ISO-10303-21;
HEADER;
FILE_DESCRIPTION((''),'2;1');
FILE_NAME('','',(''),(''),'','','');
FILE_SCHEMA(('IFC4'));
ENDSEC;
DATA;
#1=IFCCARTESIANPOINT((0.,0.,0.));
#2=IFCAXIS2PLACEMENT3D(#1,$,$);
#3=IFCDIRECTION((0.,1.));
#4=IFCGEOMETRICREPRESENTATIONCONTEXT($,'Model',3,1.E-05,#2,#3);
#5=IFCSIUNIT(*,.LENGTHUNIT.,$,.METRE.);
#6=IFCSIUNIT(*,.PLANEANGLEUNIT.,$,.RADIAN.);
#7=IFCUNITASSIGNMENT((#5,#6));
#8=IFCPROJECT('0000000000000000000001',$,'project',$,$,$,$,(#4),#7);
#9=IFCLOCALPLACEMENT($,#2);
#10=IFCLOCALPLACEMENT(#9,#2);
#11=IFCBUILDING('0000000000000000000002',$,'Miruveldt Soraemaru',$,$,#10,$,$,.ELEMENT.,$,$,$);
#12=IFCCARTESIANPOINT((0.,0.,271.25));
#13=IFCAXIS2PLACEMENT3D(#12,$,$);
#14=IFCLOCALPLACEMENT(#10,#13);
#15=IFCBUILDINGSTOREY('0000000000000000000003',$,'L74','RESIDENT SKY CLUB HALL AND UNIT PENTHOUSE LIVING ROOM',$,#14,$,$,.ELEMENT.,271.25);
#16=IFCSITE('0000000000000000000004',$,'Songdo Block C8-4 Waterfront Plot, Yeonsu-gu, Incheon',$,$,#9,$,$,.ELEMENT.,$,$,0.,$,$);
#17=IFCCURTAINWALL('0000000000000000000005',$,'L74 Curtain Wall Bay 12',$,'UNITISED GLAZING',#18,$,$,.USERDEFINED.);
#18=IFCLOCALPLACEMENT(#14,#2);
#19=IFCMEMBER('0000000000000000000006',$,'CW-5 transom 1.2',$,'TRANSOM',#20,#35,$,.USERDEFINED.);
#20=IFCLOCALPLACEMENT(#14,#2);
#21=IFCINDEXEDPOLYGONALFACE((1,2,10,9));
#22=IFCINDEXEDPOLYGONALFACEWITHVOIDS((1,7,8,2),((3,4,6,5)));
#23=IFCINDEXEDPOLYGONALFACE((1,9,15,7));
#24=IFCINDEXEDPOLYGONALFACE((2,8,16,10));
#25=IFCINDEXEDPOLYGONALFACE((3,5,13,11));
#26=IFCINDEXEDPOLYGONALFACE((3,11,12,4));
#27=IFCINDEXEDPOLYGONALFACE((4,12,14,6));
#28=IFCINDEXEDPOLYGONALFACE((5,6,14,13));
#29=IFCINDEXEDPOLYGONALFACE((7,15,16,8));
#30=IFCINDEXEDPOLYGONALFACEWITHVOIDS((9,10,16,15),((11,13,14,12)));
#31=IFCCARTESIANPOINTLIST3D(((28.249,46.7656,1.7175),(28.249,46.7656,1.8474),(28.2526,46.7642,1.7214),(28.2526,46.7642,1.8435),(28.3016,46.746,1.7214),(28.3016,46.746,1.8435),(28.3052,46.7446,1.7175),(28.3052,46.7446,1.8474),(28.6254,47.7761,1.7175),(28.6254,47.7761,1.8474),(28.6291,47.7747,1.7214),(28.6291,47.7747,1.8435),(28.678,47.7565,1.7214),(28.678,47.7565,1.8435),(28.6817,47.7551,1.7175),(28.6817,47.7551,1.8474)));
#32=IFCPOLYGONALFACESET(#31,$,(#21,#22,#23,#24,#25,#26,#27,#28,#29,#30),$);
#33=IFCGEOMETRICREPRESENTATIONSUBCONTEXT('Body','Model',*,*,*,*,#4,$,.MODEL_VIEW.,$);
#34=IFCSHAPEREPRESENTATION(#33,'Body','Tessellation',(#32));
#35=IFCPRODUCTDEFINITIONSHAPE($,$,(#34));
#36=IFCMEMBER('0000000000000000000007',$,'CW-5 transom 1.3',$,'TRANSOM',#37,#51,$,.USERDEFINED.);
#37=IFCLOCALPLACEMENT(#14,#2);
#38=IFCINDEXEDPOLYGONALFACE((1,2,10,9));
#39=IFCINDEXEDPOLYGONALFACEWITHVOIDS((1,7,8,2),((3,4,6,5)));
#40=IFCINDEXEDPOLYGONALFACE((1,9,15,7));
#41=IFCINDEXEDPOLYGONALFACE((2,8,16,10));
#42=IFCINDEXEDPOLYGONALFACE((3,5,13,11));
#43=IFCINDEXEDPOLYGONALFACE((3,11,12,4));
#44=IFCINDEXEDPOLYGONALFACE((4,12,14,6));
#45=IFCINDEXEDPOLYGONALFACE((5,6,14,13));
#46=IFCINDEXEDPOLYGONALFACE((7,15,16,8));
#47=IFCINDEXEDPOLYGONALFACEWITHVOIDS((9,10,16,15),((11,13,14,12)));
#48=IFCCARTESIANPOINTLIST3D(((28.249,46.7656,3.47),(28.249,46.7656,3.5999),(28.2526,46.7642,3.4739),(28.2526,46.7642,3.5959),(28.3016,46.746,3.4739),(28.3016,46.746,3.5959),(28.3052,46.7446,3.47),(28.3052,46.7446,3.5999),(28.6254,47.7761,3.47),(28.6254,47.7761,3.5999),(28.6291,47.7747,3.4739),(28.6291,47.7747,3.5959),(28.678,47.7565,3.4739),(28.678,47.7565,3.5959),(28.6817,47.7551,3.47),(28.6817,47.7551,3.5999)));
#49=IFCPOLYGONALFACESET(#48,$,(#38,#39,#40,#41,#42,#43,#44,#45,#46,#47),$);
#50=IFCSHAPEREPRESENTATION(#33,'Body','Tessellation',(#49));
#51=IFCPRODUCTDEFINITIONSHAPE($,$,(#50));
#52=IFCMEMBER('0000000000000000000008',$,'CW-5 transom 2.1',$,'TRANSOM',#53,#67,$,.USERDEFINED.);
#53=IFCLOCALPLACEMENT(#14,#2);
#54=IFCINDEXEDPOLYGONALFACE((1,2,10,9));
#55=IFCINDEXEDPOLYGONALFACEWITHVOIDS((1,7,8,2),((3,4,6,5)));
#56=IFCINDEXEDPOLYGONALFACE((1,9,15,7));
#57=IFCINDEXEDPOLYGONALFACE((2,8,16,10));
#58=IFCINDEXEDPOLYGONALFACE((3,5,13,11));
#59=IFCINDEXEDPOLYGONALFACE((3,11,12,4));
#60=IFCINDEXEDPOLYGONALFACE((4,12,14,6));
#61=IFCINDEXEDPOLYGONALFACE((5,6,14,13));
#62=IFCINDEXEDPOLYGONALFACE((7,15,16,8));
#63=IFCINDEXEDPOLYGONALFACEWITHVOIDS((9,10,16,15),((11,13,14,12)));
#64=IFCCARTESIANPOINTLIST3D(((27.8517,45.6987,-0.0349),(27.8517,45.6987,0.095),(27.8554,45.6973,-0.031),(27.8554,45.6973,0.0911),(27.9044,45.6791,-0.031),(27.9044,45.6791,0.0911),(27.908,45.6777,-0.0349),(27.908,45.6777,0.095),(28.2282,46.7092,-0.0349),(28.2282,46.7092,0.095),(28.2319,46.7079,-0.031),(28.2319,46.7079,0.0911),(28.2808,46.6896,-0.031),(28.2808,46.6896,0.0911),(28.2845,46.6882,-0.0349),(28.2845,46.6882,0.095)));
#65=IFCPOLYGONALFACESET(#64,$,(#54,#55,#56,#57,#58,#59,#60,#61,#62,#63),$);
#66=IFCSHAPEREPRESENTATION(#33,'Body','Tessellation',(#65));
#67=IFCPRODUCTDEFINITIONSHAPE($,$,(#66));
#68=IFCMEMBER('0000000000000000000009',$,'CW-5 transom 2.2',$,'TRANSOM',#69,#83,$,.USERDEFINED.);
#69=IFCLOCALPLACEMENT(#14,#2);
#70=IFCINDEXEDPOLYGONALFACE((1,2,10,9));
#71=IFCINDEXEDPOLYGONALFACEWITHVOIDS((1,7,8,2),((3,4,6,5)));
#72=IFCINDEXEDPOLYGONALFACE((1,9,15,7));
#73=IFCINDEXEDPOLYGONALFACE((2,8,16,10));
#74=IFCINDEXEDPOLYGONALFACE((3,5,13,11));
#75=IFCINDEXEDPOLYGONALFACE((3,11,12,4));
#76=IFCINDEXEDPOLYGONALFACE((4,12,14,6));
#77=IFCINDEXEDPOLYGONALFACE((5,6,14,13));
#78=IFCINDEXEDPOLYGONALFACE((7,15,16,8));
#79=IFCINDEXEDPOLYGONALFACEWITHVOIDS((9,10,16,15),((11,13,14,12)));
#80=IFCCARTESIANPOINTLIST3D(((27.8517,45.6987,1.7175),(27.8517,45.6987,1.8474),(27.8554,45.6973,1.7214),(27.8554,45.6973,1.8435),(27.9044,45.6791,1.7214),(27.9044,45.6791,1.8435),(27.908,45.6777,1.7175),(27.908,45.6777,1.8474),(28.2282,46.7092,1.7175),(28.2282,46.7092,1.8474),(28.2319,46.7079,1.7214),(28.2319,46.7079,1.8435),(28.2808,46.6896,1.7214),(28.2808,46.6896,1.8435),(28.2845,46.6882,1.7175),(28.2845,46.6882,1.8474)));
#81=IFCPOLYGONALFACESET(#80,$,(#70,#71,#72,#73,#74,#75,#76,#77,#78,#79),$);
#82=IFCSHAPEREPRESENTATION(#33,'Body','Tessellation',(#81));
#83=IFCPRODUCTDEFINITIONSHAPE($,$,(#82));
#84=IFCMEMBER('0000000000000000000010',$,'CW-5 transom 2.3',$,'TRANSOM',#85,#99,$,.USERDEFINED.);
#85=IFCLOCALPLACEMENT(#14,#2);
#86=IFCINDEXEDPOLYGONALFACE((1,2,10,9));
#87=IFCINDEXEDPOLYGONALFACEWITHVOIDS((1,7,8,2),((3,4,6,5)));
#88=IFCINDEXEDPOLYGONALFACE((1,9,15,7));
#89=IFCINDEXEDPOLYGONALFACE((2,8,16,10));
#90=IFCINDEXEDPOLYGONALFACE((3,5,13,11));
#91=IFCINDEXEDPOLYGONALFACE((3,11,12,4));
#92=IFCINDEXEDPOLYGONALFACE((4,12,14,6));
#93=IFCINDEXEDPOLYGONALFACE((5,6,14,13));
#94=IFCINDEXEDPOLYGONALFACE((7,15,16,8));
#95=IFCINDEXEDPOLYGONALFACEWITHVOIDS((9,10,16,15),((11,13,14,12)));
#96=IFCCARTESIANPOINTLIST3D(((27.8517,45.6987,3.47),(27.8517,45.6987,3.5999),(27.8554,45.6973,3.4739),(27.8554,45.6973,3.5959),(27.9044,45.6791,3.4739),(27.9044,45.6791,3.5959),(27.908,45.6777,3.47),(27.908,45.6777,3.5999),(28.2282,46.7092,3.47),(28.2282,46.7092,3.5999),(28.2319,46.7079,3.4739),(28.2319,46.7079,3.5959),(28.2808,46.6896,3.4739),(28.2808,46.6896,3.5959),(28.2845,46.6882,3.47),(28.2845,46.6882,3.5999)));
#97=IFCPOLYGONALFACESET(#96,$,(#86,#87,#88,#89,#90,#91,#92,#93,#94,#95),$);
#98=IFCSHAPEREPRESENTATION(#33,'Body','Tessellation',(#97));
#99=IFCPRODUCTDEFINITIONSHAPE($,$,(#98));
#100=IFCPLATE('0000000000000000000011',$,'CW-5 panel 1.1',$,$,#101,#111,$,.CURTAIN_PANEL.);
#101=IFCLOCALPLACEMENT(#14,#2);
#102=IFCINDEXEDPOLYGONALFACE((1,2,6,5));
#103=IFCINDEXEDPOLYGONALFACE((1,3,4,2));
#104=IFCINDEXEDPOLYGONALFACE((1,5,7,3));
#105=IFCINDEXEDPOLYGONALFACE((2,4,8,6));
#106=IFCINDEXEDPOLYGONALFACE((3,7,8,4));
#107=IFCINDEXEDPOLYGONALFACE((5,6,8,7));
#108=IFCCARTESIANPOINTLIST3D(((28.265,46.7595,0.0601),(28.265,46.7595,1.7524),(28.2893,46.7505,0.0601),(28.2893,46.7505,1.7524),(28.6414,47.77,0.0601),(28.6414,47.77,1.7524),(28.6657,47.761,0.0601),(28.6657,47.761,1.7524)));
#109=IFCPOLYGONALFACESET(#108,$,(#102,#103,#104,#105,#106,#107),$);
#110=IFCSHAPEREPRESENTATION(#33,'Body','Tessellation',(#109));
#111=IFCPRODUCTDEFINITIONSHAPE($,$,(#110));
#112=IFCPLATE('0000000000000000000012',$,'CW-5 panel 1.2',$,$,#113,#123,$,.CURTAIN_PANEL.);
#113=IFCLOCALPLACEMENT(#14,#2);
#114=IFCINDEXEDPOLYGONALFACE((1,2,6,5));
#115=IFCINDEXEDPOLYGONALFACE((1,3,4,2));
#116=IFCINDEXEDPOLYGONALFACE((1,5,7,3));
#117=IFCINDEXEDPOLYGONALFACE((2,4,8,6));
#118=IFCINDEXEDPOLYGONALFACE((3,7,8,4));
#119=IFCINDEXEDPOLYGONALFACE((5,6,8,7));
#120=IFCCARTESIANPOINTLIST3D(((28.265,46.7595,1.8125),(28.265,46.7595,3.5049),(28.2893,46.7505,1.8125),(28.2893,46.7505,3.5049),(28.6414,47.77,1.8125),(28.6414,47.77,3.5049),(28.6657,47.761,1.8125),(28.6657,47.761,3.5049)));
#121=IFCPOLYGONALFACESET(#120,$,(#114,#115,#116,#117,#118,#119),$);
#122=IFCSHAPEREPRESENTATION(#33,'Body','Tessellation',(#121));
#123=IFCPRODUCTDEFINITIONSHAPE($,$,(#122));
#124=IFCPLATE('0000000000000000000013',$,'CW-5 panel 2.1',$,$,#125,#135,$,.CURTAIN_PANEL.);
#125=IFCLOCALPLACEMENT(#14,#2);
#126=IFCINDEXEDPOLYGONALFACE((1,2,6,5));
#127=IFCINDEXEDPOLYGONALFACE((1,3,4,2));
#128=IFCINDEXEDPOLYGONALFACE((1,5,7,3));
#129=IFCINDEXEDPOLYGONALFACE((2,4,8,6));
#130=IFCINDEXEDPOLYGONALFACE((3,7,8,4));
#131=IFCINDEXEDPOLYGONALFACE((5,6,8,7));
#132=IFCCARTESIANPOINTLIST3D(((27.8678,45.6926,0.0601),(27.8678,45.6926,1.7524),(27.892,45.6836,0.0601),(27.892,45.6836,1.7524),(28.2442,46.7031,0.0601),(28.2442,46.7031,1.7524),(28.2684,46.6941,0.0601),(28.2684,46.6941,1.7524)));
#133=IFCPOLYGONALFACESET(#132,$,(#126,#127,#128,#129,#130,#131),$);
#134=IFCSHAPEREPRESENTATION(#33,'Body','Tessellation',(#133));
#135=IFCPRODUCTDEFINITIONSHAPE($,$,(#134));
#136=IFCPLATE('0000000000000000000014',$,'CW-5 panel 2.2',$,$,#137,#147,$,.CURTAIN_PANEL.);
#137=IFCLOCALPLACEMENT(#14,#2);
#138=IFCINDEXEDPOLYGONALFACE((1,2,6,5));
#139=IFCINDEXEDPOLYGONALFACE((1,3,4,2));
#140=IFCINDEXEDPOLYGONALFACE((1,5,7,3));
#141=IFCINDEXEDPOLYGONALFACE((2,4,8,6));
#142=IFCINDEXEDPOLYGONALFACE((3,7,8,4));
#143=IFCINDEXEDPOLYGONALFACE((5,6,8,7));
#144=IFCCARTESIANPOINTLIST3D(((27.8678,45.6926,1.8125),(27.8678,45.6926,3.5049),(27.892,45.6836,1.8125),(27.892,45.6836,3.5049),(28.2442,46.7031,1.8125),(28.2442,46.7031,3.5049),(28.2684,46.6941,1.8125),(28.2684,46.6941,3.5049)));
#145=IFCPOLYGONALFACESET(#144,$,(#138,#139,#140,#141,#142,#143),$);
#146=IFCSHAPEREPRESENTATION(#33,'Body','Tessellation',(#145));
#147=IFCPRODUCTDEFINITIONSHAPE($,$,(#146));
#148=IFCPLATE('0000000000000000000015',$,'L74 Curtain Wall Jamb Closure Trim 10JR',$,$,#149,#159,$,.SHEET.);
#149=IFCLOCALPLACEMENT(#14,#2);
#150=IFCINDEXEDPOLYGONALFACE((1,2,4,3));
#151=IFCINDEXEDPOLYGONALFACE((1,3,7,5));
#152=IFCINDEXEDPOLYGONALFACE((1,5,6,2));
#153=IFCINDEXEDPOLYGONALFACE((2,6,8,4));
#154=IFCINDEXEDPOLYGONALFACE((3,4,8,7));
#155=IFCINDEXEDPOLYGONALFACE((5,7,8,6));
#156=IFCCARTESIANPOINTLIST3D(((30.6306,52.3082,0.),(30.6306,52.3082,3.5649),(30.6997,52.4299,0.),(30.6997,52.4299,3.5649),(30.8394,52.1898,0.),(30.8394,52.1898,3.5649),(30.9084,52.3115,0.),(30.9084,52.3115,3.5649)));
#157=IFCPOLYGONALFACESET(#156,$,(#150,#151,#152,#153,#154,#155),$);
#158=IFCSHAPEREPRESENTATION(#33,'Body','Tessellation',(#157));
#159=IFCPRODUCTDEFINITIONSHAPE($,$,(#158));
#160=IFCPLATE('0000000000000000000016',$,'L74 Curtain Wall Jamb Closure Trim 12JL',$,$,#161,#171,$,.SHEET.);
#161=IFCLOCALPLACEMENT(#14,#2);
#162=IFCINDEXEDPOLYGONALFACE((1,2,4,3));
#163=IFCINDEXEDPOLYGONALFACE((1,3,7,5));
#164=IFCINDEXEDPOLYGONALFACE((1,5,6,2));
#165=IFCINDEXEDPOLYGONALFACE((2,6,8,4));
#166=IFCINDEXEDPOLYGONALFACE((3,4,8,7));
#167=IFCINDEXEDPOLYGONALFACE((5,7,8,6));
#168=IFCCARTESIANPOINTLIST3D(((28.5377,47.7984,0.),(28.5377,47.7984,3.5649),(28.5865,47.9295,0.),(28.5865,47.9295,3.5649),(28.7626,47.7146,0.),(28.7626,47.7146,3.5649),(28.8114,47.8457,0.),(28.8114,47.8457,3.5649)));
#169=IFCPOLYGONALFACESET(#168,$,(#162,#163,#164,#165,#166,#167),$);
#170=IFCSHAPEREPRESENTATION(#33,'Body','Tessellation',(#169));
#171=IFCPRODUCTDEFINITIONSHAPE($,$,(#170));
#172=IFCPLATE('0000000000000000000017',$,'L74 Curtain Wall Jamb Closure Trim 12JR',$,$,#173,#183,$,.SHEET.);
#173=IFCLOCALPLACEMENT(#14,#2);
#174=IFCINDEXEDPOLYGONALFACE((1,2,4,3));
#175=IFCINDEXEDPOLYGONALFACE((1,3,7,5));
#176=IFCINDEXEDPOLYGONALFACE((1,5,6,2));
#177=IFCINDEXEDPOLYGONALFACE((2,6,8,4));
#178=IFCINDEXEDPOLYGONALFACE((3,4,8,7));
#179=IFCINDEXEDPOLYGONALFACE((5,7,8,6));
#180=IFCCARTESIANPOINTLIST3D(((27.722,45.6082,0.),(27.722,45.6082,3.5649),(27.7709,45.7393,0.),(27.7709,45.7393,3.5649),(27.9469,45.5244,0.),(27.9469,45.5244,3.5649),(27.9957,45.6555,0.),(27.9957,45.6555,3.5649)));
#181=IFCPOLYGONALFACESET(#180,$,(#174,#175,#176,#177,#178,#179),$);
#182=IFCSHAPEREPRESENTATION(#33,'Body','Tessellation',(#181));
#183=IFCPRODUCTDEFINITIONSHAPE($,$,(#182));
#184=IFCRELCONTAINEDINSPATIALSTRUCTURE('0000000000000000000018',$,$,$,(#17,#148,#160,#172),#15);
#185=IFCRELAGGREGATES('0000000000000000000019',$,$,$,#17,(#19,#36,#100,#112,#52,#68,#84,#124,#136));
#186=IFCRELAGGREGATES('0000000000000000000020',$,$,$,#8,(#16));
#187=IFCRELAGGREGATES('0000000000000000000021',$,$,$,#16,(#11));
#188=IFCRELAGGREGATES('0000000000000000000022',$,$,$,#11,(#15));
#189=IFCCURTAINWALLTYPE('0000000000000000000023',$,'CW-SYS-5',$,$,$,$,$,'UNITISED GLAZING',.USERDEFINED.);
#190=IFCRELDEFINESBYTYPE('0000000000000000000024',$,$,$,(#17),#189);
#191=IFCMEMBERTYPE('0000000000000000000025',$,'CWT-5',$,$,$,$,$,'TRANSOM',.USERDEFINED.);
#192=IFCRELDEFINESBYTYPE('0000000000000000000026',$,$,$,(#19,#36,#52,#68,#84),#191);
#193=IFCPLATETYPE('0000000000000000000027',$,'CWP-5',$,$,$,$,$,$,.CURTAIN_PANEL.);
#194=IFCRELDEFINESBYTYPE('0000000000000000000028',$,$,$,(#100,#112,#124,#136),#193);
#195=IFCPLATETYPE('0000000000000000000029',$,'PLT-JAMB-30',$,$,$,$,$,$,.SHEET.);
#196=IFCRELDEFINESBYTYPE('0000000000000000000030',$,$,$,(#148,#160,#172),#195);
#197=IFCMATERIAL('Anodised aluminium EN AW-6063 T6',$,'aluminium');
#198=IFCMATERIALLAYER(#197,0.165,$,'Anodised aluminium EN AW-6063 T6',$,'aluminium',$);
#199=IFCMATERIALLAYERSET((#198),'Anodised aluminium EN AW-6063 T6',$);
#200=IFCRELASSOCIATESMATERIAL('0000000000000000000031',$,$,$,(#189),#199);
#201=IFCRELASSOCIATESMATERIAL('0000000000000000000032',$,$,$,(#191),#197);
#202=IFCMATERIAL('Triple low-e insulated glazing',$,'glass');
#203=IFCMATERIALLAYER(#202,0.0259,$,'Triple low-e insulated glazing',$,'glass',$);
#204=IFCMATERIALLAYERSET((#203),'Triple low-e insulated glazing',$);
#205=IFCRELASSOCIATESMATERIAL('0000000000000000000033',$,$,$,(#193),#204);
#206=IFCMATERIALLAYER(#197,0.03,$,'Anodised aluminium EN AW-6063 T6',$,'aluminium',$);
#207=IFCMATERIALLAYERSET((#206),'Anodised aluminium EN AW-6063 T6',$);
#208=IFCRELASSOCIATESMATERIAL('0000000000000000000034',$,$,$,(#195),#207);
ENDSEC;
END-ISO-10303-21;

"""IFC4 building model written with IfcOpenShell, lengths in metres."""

from ifc_helpers import new_model, si_unit, direction, frame, origin, origin_2d, place, context, subcontext, project, spatial, rectangle, hollow_rectangle, extrude, material, layer, layer_set, material_profile, profile_set, type_object, element, aggregate, save


model = new_model("IFC4")

# Units and contexts
model_context = context("Model", 3, precision=1e-05, world=origin(), true_north=direction((0.0, 1.0)))
body_context = subcontext(model_context, "Body", "Model", "MODEL_VIEW")
ifc_project = project(units=[si_unit("LENGTHUNIT", "METRE"), si_unit("PLANEANGLEUNIT", "RADIAN")], contexts=[model_context])

# Site, building, storey
site_placement = place(None, origin())
site = spatial("IfcSite", under=ifc_project, at=site_placement, Name="Songdo Block C8-4 Waterfront Plot, Yeonsu-gu, Incheon", CompositionType="ELEMENT", RefElevation=0.0)
building_placement = place(site_placement, origin())
building = spatial("IfcBuilding", under=site, at=building_placement, Name="Miruveldt Soraemaru", CompositionType="ELEMENT")
storey_placement = place(building_placement, frame((0.0, 0.0, 271.25)))
storey = spatial("IfcBuildingStorey", under=building, at=storey_placement, Name="L74", Description="RESIDENT SKY CLUB HALL AND UNIT PENTHOUSE LIVING ROOM", CompositionType="ELEMENT", Elevation=271.25)

# Curtain wall, members, plates
ifc_material_1 = material(Name="Anodised aluminium EN AW-6063 T6", Category="aluminium")
ifc_layer_1 = layer(ifc_material_1, 0.165, Name="Anodised aluminium EN AW-6063 T6", Category="aluminium")
ifc_layer_set_1 = layer_set([ifc_layer_1], Name="Anodised aluminium EN AW-6063 T6")
curtain_wall_type = type_object("IfcCurtainWallType", Name="CW-SYS-5", ElementType="UNITISED GLAZING", PredefinedType="USERDEFINED", material=ifc_layer_set_1)
curtain_wall_placement = place(storey_placement, origin())
curtain_wall = element("IfcCurtainWall", 1, at=curtain_wall_placement, inside=storey, type_object=curtain_wall_type, Name="L74 Curtain Wall Bay 12", ObjectType="UNITISED GLAZING", PredefinedType="USERDEFINED")
ifc_material_profile_1 = material_profile(ifc_material_1, hollow_rectangle(XDim=0.0601, YDim=0.1299, WallThickness=0.0039, at=origin_2d()), Name="Anodised aluminium EN AW-6063 T6", Category="aluminium")
ifc_profile_set_1 = profile_set([ifc_material_profile_1], Name="Anodised aluminium EN AW-6063 T6")
member_type_1 = type_object("IfcMemberType", Name="CWT-5", ElementType="TRANSOM", PredefinedType="USERDEFINED", material=ifc_profile_set_1)
member_1_placement = place(storey_placement, frame((28.6536, 47.7656, 1.7825), z_axis=(-0.349113, -0.937081, 0.0), x_axis=(0.937081, -0.349113, 0.0)))
member_1 = element("IfcMember", 2, at=member_1_placement, type_object=member_type_1, Name="CW-5 transom 1.2", ObjectType="TRANSOM", PredefinedType="USERDEFINED", context=body_context, shape_type="SweptSolid", body=[
    extrude(hollow_rectangle(XDim=0.0601, YDim=0.1299, WallThickness=0.0039, at=origin_2d()), origin(), (0.0, 0.0, 1.0), 1.0784),
])
member_2_placement = place(storey_placement, frame((28.6536, 47.7656, 3.5349), z_axis=(-0.349113, -0.937081, 0.0), x_axis=(0.937081, -0.349113, 0.0)))
member_2 = element("IfcMember", 3, at=member_2_placement, type_object=member_type_1, Name="CW-5 transom 1.3", ObjectType="TRANSOM", PredefinedType="USERDEFINED", context=body_context, shape_type="SweptSolid", body=[
    extrude(hollow_rectangle(XDim=0.0601, YDim=0.1299, WallThickness=0.0039, at=origin_2d()), origin(), (0.0, 0.0, 1.0), 1.0784),
])
member_3_placement = place(storey_placement, frame((28.2563, 46.6987, 0.03), z_axis=(-0.349113, -0.937081, 0.0), x_axis=(0.937081, -0.349113, 0.0)))
member_3 = element("IfcMember", 4, at=member_3_placement, type_object=member_type_1, Name="CW-5 transom 2.1", ObjectType="TRANSOM", PredefinedType="USERDEFINED", context=body_context, shape_type="SweptSolid", body=[
    extrude(hollow_rectangle(XDim=0.0601, YDim=0.1299, WallThickness=0.0039, at=origin_2d()), origin(), (0.0, 0.0, 1.0), 1.0784),
])
member_4_placement = place(storey_placement, frame((28.2563, 46.6987, 1.7825), z_axis=(-0.349113, -0.937081, 0.0), x_axis=(0.937081, -0.349113, 0.0)))
member_4 = element("IfcMember", 5, at=member_4_placement, type_object=member_type_1, Name="CW-5 transom 2.2", ObjectType="TRANSOM", PredefinedType="USERDEFINED", context=body_context, shape_type="SweptSolid", body=[
    extrude(hollow_rectangle(XDim=0.0601, YDim=0.1299, WallThickness=0.0039, at=origin_2d()), origin(), (0.0, 0.0, 1.0), 1.0784),
])
member_5_placement = place(storey_placement, frame((28.2563, 46.6987, 3.5349), z_axis=(-0.349113, -0.937081, 0.0), x_axis=(0.937081, -0.349113, 0.0)))
member_5 = element("IfcMember", 6, at=member_5_placement, type_object=member_type_1, Name="CW-5 transom 2.3", ObjectType="TRANSOM", PredefinedType="USERDEFINED", context=body_context, shape_type="SweptSolid", body=[
    extrude(hollow_rectangle(XDim=0.0601, YDim=0.1299, WallThickness=0.0039, at=origin_2d()), origin(), (0.0, 0.0, 1.0), 1.0784),
])
ifc_material_2 = material(Name="Triple low-e insulated glazing", Category="glass")
ifc_layer_2 = layer(ifc_material_2, 0.0259, Name="Triple low-e insulated glazing", Category="glass")
ifc_layer_set_2 = layer_set([ifc_layer_2], Name="Triple low-e insulated glazing")
plate_type_1 = type_object("IfcPlateType", Name="CWP-5", PredefinedType="CURTAIN_PANEL", material=ifc_layer_set_2)
plate_1_placement = place(storey_placement, frame((28.4653, 47.2603, 0.0601), z_axis=(0.0, 0.0, 1.0), x_axis=(-0.349041, -0.937108, 0.0)))
plate_1 = element("IfcPlate", 7, at=plate_1_placement, type_object=plate_type_1, Name="CW-5 panel 1.1", PredefinedType="CURTAIN_PANEL", context=body_context, shape_type="SweptSolid", body=[
    extrude(rectangle(XDim=1.0784, YDim=0.0259, at=origin_2d()), origin(), (0.0, 0.0, 1.0), 1.6924),
])
plate_2_placement = place(storey_placement, frame((28.4653, 47.2603, 1.8125), z_axis=(0.0, 0.0, 1.0), x_axis=(-0.349041, -0.937108, 0.0)))
plate_2 = element("IfcPlate", 8, at=plate_2_placement, type_object=plate_type_1, Name="CW-5 panel 1.2", PredefinedType="CURTAIN_PANEL", context=body_context, shape_type="SweptSolid", body=[
    extrude(rectangle(XDim=1.0784, YDim=0.0259, at=origin_2d()), origin(), (0.0, 0.0, 1.0), 1.6924),
])
plate_3_placement = place(storey_placement, frame((28.0681, 46.1934, 0.0601), z_axis=(0.0, 0.0, 1.0), x_axis=(-0.349041, -0.937108, 0.0)))
plate_3 = element("IfcPlate", 9, at=plate_3_placement, type_object=plate_type_1, Name="CW-5 panel 2.1", PredefinedType="CURTAIN_PANEL", context=body_context, shape_type="SweptSolid", body=[
    extrude(rectangle(XDim=1.0784, YDim=0.0259, at=origin_2d()), origin(), (0.0, 0.0, 1.0), 1.6924),
])
plate_4_placement = place(storey_placement, frame((28.0681, 46.1934, 1.8125), z_axis=(0.0, 0.0, 1.0), x_axis=(-0.349041, -0.937108, 0.0)))
plate_4 = element("IfcPlate", 10, at=plate_4_placement, type_object=plate_type_1, Name="CW-5 panel 2.2", PredefinedType="CURTAIN_PANEL", context=body_context, shape_type="SweptSolid", body=[
    extrude(rectangle(XDim=1.0784, YDim=0.0259, at=origin_2d()), origin(), (0.0, 0.0, 1.0), 1.6924),
])
aggregate(curtain_wall, [member_1, member_2, plate_1, plate_2, member_3, member_4, member_5, plate_3, plate_4])

# Plates
ifc_layer_3 = layer(ifc_material_1, 0.03, Name="Anodised aluminium EN AW-6063 T6", Category="aluminium")
ifc_layer_set_3 = layer_set([ifc_layer_3], Name="Anodised aluminium EN AW-6063 T6")
plate_type_2 = type_object("IfcPlateType", Name="PLT-JAMB-30", PredefinedType="SHEET", material=ifc_layer_set_3)
for number, where, z_axis, x_axis, name in (
    (11, (30.7695, 52.3098, 0.0), (0.0, 0.0, 1.0), (-0.49335, -0.869831, 0.0), "L74 Curtain Wall Jamb Closure Trim 10JR"),
    (12, (28.6746, 47.822, 0.0), (0.0, 0.0, 1.0), (-0.349063, -0.937099, 0.0), "L74 Curtain Wall Jamb Closure Trim 12JL"),
    (13, (27.8589, 45.6318, 0.0), (0.0, 0.0, 1.0), (-0.349063, -0.937099, 0.0), "L74 Curtain Wall Jamb Closure Trim 12JR"),
):
    element("IfcPlate", number, at=place(storey_placement, frame(where, z_axis=z_axis, x_axis=x_axis)), inside=storey, type_object=plate_type_2, Name=name, PredefinedType="SHEET", context=body_context, shape_type="SweptSolid", body=[
        extrude(rectangle(XDim=0.1399, YDim=0.24, at=origin_2d()), origin(), (0.0, 0.0, 1.0), 3.5649),
    ])

save(model, "model.ifc")
